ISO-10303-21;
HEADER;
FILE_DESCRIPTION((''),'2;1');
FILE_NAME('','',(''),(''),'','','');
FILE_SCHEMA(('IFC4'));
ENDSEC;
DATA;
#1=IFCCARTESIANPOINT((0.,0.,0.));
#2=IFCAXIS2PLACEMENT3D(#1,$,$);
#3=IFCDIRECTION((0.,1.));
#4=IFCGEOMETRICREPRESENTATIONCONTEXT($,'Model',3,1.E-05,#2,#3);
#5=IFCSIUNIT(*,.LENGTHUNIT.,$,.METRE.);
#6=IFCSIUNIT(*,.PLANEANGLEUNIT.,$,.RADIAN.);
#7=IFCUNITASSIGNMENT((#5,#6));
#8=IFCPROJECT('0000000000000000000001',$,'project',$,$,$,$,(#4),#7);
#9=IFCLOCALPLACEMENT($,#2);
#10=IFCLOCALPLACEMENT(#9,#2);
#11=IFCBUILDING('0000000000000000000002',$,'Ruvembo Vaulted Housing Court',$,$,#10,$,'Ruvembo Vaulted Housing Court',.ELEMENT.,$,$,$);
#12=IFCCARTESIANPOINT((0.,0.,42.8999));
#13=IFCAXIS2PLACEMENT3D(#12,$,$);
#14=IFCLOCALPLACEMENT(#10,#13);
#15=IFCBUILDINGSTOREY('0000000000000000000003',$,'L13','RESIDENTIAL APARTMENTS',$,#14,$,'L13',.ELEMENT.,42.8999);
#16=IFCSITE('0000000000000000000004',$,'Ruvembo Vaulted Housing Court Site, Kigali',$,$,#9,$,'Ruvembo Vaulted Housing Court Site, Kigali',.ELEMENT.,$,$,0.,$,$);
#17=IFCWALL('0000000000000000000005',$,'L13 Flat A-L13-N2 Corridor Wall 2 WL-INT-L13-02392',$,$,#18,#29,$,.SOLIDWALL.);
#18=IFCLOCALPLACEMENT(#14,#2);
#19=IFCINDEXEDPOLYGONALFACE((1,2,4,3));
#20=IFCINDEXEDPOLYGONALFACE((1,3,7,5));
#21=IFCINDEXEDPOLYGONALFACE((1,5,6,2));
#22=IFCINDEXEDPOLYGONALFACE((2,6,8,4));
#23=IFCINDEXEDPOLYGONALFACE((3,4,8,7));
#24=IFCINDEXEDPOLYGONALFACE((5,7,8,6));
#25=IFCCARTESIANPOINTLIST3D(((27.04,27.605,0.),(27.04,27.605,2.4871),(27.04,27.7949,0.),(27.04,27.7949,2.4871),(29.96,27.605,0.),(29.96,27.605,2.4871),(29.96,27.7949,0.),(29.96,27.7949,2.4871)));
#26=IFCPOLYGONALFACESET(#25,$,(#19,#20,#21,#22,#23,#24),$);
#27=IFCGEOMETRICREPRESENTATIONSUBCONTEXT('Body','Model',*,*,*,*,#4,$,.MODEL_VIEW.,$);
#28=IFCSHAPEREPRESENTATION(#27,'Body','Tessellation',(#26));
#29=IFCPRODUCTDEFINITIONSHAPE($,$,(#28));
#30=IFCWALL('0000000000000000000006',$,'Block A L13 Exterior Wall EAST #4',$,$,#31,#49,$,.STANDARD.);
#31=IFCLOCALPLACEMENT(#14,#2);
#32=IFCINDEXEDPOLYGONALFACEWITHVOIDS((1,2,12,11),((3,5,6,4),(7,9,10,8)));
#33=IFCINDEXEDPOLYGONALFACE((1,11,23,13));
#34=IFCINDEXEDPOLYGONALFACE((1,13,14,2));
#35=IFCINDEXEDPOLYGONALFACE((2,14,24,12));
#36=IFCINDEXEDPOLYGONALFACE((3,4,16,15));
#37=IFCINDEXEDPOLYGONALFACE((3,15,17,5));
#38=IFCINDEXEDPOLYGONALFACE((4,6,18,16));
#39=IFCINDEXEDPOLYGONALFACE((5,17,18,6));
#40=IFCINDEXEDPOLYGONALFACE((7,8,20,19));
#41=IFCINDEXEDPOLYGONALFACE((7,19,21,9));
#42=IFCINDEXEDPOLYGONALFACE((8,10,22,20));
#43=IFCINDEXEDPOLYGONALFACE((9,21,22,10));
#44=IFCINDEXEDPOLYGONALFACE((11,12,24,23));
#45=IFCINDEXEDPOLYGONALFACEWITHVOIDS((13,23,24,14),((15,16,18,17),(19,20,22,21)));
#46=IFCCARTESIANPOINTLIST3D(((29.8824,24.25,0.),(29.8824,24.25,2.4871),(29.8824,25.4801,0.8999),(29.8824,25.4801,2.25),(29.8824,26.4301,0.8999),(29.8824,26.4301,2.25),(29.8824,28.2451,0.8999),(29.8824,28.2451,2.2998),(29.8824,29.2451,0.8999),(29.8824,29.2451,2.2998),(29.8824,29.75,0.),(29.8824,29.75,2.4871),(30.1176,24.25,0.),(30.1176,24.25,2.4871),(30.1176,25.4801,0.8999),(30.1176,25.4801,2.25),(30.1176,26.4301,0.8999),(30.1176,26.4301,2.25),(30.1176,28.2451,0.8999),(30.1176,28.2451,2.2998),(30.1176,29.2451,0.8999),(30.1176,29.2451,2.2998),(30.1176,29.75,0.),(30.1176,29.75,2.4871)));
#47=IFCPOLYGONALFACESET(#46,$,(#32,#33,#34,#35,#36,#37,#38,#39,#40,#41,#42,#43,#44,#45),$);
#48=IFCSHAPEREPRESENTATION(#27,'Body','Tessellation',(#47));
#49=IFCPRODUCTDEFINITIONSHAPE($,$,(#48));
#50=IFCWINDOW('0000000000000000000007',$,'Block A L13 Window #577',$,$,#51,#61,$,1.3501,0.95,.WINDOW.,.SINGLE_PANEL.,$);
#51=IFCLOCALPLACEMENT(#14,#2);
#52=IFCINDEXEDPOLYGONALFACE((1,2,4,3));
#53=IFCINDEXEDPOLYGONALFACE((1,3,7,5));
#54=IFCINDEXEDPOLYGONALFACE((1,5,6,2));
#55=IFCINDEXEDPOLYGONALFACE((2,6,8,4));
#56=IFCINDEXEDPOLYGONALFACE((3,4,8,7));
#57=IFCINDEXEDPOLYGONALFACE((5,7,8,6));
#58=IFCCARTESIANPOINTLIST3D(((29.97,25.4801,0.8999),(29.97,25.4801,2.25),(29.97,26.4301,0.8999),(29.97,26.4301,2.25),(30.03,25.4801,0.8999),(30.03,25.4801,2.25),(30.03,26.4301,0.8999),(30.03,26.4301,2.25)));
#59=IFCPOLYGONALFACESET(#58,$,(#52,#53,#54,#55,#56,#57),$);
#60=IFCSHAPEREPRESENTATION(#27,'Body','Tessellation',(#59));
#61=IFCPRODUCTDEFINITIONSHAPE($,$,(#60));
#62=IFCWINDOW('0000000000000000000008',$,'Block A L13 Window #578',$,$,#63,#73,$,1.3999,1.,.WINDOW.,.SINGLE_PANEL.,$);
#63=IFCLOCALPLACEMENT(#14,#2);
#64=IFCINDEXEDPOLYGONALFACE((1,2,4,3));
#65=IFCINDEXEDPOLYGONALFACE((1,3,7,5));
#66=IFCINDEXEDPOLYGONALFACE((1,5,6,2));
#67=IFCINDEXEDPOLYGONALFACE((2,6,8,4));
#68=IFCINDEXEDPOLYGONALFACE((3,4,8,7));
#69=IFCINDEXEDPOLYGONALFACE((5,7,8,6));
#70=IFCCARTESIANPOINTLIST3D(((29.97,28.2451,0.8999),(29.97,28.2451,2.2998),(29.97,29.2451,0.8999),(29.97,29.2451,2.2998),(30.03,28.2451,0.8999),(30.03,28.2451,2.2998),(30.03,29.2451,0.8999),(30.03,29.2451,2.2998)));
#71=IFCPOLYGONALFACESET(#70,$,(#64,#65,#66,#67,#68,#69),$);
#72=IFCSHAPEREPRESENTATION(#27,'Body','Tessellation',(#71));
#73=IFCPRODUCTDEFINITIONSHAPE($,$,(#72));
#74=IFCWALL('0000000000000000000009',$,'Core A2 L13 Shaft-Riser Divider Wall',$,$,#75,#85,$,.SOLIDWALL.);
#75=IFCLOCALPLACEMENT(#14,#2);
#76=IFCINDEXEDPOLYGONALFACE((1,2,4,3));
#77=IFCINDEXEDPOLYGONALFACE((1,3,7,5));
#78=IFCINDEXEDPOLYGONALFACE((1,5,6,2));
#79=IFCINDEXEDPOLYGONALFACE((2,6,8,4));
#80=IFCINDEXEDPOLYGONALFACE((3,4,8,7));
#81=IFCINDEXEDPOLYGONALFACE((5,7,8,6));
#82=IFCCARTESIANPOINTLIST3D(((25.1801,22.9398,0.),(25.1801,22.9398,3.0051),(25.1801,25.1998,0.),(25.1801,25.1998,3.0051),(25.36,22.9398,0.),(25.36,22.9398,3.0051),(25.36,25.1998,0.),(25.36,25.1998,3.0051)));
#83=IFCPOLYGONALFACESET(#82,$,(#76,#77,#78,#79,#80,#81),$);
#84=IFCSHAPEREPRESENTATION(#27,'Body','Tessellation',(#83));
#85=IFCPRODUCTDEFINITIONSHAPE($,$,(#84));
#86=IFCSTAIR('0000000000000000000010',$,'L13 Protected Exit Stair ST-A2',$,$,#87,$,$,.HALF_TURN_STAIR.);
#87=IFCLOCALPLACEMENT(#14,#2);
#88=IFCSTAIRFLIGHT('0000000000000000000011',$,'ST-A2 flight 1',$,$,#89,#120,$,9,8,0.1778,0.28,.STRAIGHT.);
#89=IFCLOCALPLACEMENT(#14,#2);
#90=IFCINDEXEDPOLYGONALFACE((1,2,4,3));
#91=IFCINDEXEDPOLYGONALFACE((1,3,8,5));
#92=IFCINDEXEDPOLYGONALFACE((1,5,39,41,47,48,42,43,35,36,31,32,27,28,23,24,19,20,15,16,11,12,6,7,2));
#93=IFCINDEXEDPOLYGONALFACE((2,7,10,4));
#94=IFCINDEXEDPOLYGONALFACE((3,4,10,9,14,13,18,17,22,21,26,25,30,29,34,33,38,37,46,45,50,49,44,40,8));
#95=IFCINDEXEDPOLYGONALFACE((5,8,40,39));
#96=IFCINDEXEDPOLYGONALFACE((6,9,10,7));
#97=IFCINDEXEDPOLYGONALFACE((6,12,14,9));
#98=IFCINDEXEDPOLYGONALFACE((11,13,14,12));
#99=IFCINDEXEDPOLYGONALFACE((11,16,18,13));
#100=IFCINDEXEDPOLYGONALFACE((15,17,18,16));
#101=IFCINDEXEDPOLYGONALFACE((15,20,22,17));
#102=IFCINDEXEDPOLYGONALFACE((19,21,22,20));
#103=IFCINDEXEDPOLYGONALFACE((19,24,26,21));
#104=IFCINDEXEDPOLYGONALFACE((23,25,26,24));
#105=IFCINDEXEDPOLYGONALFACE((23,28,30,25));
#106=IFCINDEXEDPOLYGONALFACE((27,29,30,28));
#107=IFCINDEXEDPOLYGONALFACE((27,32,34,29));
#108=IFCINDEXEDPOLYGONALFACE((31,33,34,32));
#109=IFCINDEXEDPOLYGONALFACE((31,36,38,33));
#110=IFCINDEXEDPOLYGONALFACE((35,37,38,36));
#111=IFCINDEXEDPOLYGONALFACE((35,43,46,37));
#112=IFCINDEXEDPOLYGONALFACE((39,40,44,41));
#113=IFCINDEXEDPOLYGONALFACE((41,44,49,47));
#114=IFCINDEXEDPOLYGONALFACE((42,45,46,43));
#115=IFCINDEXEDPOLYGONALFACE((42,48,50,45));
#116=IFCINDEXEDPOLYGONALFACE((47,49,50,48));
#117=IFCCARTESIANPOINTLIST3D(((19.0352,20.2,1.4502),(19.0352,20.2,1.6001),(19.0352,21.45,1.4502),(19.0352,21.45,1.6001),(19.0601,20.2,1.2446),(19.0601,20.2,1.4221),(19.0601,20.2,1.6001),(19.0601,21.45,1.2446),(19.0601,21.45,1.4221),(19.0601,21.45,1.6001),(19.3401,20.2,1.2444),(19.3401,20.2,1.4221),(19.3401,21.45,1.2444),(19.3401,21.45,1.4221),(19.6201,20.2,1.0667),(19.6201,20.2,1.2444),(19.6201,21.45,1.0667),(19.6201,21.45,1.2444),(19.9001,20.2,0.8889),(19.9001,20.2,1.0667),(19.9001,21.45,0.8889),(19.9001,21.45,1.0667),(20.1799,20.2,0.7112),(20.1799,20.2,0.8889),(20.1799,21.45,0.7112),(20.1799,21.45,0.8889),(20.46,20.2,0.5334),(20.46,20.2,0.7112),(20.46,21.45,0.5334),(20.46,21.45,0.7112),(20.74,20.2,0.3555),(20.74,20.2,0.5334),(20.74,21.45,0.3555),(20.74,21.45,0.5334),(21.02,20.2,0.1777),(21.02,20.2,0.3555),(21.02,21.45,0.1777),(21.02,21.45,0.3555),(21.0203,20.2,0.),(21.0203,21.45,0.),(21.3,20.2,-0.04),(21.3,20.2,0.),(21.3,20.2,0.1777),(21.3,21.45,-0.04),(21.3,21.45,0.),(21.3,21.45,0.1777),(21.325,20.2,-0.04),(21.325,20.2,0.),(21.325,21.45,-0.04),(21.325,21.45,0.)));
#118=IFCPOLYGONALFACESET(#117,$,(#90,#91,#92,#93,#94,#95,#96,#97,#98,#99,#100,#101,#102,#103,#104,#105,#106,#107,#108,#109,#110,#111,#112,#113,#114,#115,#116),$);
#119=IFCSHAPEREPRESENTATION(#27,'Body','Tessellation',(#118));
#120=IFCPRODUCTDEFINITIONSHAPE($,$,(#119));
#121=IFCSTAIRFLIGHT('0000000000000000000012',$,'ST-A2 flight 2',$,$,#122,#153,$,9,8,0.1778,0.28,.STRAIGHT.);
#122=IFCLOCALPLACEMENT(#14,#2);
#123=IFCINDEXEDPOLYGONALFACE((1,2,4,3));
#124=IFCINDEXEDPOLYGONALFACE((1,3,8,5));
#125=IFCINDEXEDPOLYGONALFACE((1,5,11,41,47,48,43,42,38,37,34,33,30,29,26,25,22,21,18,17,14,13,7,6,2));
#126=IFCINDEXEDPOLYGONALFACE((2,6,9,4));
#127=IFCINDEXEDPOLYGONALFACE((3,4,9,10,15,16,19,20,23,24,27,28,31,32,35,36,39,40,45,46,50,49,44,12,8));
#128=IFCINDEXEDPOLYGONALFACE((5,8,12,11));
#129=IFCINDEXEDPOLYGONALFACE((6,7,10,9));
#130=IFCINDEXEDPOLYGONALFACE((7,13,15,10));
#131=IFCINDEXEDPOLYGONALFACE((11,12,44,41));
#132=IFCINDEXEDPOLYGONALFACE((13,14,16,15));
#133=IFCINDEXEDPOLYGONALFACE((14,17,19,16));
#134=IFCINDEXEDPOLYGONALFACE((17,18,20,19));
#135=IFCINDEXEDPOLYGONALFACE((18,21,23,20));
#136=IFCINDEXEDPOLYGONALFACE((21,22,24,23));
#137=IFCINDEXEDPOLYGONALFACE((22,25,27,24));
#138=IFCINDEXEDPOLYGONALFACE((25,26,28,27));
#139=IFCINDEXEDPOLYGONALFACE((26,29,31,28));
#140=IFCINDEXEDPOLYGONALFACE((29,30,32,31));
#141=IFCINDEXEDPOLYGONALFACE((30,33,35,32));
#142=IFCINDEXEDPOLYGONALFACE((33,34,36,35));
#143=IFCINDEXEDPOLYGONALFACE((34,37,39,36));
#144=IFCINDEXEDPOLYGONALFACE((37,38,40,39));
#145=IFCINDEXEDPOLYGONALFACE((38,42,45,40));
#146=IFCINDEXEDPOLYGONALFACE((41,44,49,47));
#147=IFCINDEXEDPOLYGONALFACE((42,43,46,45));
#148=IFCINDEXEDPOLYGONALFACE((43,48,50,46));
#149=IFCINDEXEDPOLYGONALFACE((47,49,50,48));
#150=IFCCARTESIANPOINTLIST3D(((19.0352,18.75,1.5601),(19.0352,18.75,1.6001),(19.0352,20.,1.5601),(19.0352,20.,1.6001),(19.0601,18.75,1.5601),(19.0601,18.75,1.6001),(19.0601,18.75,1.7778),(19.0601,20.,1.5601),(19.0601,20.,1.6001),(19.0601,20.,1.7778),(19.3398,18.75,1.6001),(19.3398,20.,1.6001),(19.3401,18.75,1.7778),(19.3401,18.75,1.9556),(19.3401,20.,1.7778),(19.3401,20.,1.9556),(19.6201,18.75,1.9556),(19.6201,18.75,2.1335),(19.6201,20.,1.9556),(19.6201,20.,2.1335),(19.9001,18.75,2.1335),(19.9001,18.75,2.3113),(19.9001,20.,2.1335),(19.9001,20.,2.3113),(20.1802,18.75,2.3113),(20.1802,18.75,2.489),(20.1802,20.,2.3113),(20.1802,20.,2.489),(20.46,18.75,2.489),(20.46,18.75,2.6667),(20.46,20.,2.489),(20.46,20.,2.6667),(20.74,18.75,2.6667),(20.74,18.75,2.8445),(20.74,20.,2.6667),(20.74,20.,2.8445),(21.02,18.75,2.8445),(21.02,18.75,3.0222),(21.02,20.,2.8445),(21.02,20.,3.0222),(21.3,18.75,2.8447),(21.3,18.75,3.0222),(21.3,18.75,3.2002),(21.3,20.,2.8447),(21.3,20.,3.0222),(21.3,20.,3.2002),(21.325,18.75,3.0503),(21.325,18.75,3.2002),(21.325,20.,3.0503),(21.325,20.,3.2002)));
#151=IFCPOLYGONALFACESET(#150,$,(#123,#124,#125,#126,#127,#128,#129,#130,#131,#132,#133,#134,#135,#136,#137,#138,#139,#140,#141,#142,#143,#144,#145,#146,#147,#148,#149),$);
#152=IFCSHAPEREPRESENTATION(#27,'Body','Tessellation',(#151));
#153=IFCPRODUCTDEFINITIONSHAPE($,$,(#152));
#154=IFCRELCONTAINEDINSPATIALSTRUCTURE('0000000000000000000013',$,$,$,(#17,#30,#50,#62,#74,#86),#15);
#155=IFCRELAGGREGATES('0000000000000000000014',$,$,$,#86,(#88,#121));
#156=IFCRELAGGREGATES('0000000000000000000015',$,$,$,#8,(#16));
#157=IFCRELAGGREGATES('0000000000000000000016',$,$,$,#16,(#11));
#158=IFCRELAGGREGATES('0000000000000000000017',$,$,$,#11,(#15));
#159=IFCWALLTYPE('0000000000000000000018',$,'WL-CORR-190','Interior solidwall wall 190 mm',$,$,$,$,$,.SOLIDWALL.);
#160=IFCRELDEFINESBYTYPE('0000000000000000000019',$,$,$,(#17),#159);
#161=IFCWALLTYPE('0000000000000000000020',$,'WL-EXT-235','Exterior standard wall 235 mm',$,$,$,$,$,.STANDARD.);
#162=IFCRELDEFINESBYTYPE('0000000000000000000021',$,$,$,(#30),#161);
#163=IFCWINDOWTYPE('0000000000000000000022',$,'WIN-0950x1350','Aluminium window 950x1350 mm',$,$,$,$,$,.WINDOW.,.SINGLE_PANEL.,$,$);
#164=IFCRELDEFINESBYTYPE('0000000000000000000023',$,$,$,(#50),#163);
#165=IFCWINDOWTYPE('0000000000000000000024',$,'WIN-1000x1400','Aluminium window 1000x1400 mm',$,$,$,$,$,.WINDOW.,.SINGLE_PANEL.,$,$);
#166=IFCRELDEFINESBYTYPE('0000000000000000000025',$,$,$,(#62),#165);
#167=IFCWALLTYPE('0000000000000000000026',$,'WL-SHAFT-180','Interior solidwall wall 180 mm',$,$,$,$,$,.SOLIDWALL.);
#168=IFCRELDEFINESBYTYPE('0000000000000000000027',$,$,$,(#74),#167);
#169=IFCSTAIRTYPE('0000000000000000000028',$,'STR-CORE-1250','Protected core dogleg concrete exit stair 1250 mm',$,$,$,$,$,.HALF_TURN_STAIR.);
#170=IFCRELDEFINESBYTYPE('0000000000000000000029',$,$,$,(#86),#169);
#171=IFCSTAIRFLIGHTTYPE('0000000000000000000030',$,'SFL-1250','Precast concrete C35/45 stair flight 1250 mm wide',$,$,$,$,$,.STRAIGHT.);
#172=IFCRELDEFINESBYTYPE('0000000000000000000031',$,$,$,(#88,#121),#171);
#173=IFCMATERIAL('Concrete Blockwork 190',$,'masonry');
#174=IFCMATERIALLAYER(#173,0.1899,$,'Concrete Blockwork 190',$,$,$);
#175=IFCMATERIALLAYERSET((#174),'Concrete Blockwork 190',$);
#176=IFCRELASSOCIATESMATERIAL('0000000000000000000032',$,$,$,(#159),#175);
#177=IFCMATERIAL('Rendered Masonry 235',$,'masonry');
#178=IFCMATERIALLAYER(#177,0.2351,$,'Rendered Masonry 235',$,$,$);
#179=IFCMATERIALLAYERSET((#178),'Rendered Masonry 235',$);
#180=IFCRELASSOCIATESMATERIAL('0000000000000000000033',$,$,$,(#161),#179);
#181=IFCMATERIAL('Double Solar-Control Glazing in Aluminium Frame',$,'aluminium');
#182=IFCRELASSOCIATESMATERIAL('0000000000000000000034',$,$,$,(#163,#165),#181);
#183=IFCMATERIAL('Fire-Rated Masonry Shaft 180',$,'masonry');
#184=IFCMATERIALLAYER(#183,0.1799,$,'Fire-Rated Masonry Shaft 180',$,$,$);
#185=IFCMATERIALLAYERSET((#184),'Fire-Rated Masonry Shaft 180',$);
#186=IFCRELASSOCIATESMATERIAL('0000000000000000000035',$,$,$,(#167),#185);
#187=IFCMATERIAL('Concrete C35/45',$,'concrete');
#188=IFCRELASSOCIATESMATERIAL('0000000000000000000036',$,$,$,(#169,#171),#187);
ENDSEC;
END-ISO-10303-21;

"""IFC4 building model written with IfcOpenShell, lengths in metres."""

from ifc_helpers import new_model, si_unit, direction, frame, frame_2d, origin, place, context, subcontext, project, spatial, polyline, rectangle, outline, extrude, material, layer, layer_set, type_object, element, fill, aggregate, save


model = new_model("IFC4")

# Units and contexts
model_context = context("Model", 3, precision=1e-05, world=origin(), true_north=direction((0.0, 1.0)))
body_context = subcontext(model_context, "Body", "Model", "MODEL_VIEW")
ifc_project = project(units=[si_unit("LENGTHUNIT", "METRE"), si_unit("PLANEANGLEUNIT", "RADIAN")], contexts=[model_context])

# Site, building, storey
site_placement = place(None, origin())
site = spatial("IfcSite", under=ifc_project, at=site_placement, Name="Ruvembo Vaulted Housing Court Site, Kigali", LongName="Ruvembo Vaulted Housing Court Site, Kigali", CompositionType="ELEMENT", RefElevation=0.0)
building_placement = place(site_placement, origin())
building = spatial("IfcBuilding", under=site, at=building_placement, Name="Ruvembo Vaulted Housing Court", LongName="Ruvembo Vaulted Housing Court", CompositionType="ELEMENT")
storey_placement = place(building_placement, frame((0.0, 0.0, 42.8999)))
storey = spatial("IfcBuildingStorey", under=building, at=storey_placement, Name="L13", Description="RESIDENTIAL APARTMENTS", LongName="L13", CompositionType="ELEMENT", Elevation=42.8999)

# Shared definitions
ifc_material_1 = material(Name="Concrete C35/45", Category="concrete")

# Shared definitions
ifc_material_2 = material(Name="Concrete Blockwork 190", Category="masonry")
ifc_layer_1 = layer(ifc_material_2, 0.1899, Name="Concrete Blockwork 190")
ifc_layer_set_1 = layer_set([ifc_layer_1], Name="Concrete Blockwork 190")
wall_type_1 = type_object("IfcWallType", Name="WL-CORR-190", Description="Interior solidwall wall 190 mm", PredefinedType="SOLIDWALL", material=ifc_layer_set_1)

# Wall
wall_1_placement = place(storey_placement, frame((27.04, 27.7, 0.0), z_axis=(0.0, 0.0, 1.0), x_axis=(1.0, 0.0, 0.0)))
element("IfcWall", 1, at=wall_1_placement, inside=storey, type_object=wall_type_1, Name="L13 Flat A-L13-N2 Corridor Wall 2 WL-INT-L13-02392", PredefinedType="SOLIDWALL", context=body_context, shape_type="SweptSolid", body=[
    extrude(rectangle(XDim=2.9199, YDim=0.1899, at=frame_2d((1.46, 0.0))), origin(), (0.0, 0.0, 1.0), 2.4871),
])

# Wall, openings, windows
ifc_material_3 = material(Name="Rendered Masonry 235", Category="masonry")
ifc_layer_2 = layer(ifc_material_3, 0.2351, Name="Rendered Masonry 235")
ifc_layer_set_2 = layer_set([ifc_layer_2], Name="Rendered Masonry 235")
wall_type_2 = type_object("IfcWallType", Name="WL-EXT-235", Description="Exterior standard wall 235 mm", PredefinedType="STANDARD", material=ifc_layer_set_2)
wall_2_placement = place(storey_placement, frame((30.0, 24.25, 0.0), z_axis=(0.0, 0.0, 1.0), x_axis=(0.0, 1.0, 0.0)))
wall_2 = element("IfcWall", 2, at=wall_2_placement, inside=storey, type_object=wall_type_2, Name="Block A L13 Exterior Wall EAST #4", PredefinedType="STANDARD", context=body_context, shape_type="SweptSolid", body=[
    extrude(rectangle(XDim=5.5, YDim=0.2351, at=frame_2d((2.75, 0.0))), origin(), (0.0, 0.0, 1.0), 2.4871),
])
opening_1_placement = place(wall_2_placement, frame((1.23, 0.0, 0.8999)))
opening_1 = element("IfcOpeningElement", 3, at=opening_1_placement, cuts=wall_2, PredefinedType="OPENING", context=body_context, shape_type="SweptSolid", body=[
    extrude(rectangle(XDim=0.95, YDim=1.3501, at=frame_2d((0.4751, 0.675))), frame((0.0, 0.1274, 0.0), z_axis=(0.0, -1.0, 0.0), x_axis=(1.0, 0.0, 0.0)), (0.0, 0.0, 1.0), 0.2551),
])
opening_2_placement = place(wall_2_placement, frame((3.9951, 0.0, 0.8999)))
opening_2 = element("IfcOpeningElement", 4, at=opening_2_placement, cuts=wall_2, PredefinedType="OPENING", context=body_context, shape_type="SweptSolid", body=[
    extrude(rectangle(XDim=1.0, YDim=1.3999, at=frame_2d((0.5, 0.7))), frame((0.0, 0.1274, 0.0), z_axis=(0.0, -1.0, 0.0), x_axis=(1.0, 0.0, 0.0)), (0.0, 0.0, 1.0), 0.2551),
])
ifc_material_4 = material(Name="Double Solar-Control Glazing in Aluminium Frame", Category="aluminium")
window_type_1 = type_object("IfcWindowType", Name="WIN-0950x1350", Description="Aluminium window 950x1350 mm", PartitioningType="SINGLE_PANEL", PredefinedType="WINDOW", material=ifc_material_4)
window_1_placement = place(opening_1_placement, origin())
window_1 = element("IfcWindow", 5, at=window_1_placement, inside=storey, type_object=window_type_1, Name="Block A L13 Window #577", OverallHeight=1.3501, OverallWidth=0.95, PartitioningType="SINGLE_PANEL", PredefinedType="WINDOW", context=body_context, shape_type="SweptSolid", body=[
    extrude(rectangle(XDim=0.95, YDim=1.3501, at=frame_2d((0.4751, 0.675))), frame((0.0, 0.03, 0.0), z_axis=(0.0, -1.0, 0.0), x_axis=(1.0, 0.0, 0.0)), (0.0, 0.0, 1.0), 0.0601),
])
fill(opening_1, window_1)
window_type_2 = type_object("IfcWindowType", Name="WIN-1000x1400", Description="Aluminium window 1000x1400 mm", PartitioningType="SINGLE_PANEL", PredefinedType="WINDOW", material=ifc_material_4)
window_2_placement = place(opening_2_placement, origin())
window_2 = element("IfcWindow", 6, at=window_2_placement, inside=storey, type_object=window_type_2, Name="Block A L13 Window #578", OverallHeight=1.3999, OverallWidth=1.0, PartitioningType="SINGLE_PANEL", PredefinedType="WINDOW", context=body_context, shape_type="SweptSolid", body=[
    extrude(rectangle(XDim=1.0, YDim=1.3999, at=frame_2d((0.5, 0.7))), frame((0.0, 0.03, 0.0), z_axis=(0.0, -1.0, 0.0), x_axis=(1.0, 0.0, 0.0)), (0.0, 0.0, 1.0), 0.0601),
])
fill(opening_2, window_2)

# Shared definitions
ifc_material_5 = material(Name="Fire-Rated Masonry Shaft 180", Category="masonry")
ifc_layer_3 = layer(ifc_material_5, 0.1799, Name="Fire-Rated Masonry Shaft 180")
ifc_layer_set_3 = layer_set([ifc_layer_3], Name="Fire-Rated Masonry Shaft 180")
wall_type_3 = type_object("IfcWallType", Name="WL-SHAFT-180", Description="Interior solidwall wall 180 mm", PredefinedType="SOLIDWALL", material=ifc_layer_set_3)

# Wall
wall_3_placement = place(storey_placement, frame((25.27, 22.9399, 0.0), z_axis=(0.0, 0.0, 1.0), x_axis=(0.0, 1.0, 0.0)))
element("IfcWall", 7, at=wall_3_placement, inside=storey, type_object=wall_type_3, Name="Core A2 L13 Shaft-Riser Divider Wall", PredefinedType="SOLIDWALL", context=body_context, shape_type="SweptSolid", body=[
    extrude(rectangle(XDim=2.26, YDim=0.1799, at=frame_2d((1.1299, 0.0))), origin(), (0.0, 0.0, 1.0), 3.0051),
])

# Stair, stair flights
stair_type = type_object("IfcStairType", Name="STR-CORE-1250", Description="Protected core dogleg concrete exit stair 1250 mm", PredefinedType="HALF_TURN_STAIR", material=ifc_material_1)
stair_placement = place(storey_placement, origin())
stair = element("IfcStair", 8, at=stair_placement, inside=storey, type_object=stair_type, Name="L13 Protected Exit Stair ST-A2", PredefinedType="HALF_TURN_STAIR")
stair_flight_type = type_object("IfcStairFlightType", Name="SFL-1250", Description="Precast concrete C35/45 stair flight 1250 mm wide", PredefinedType="STRAIGHT", material=ifc_material_1)
stair_flight_1_placement = place(storey_placement, frame((21.3, 20.825, 0.0), z_axis=(0.0, 0.0, 1.0), x_axis=(-1.0, 0.0, 0.0)))
stair_flight_1 = element("IfcStairFlight", 9, at=stair_flight_1_placement, type_object=stair_flight_type, Name="ST-A2 flight 1", NumberOfRisers=9, NumberOfTreads=8, PredefinedType="STRAIGHT", RiserHeight=0.1778, TreadLength=0.28, context=body_context, shape_type="SweptSolid", body=[
    extrude(outline(polyline([(-0.0249, -0.04), (-0.0249, 0.0), (0.0, 0.0), (0.0, 0.1777), (0.28, 0.1777), (0.28, 0.3555), (0.5601, 0.3555), (0.5601, 0.5334), (0.8401, 0.5334), (0.8401, 0.7112), (1.1201, 0.7112), (1.1201, 0.8889), (1.3999, 0.8889), (1.3999, 1.0667), (1.6799, 1.0667), (1.6799, 1.2444), (1.96, 1.2444), (1.96, 1.4221), (2.24, 1.4221), (2.24, 1.6001), (2.2649, 1.6001), (2.2649, 1.4502), (2.24, 1.2446), (0.2798, 0.0), (0.0, -0.04), (-0.0249, -0.04)])), frame((0.0, 0.625, 0.0), z_axis=(0.0, -1.0, 0.0), x_axis=(1.0, 0.0, 0.0)), (0.0, 0.0, 1.0), 1.25),
])
stair_flight_2_placement = place(storey_placement, frame((19.0601, 19.375, 1.6001), z_axis=(0.0, 0.0, 1.0), x_axis=(1.0, 0.0, 0.0)))
stair_flight_2 = element("IfcStairFlight", 10, at=stair_flight_2_placement, type_object=stair_flight_type, Name="ST-A2 flight 2", NumberOfRisers=9, NumberOfTreads=8, PredefinedType="STRAIGHT", RiserHeight=0.1778, TreadLength=0.28, context=body_context, shape_type="SweptSolid", body=[
    extrude(outline(polyline([(-0.0249, -0.04), (-0.0249, 0.0), (0.0, 0.0), (0.0, 0.1777), (0.28, 0.1777), (0.28, 0.3555), (0.5601, 0.3555), (0.5601, 0.5334), (0.8401, 0.5334), (0.8401, 0.7112), (1.1201, 0.7112), (1.1201, 0.8889), (1.3999, 0.8889), (1.3999, 1.0667), (1.6799, 1.0667), (1.6799, 1.2444), (1.96, 1.2444), (1.96, 1.4221), (2.24, 1.4221), (2.24, 1.6001), (2.2649, 1.6001), (2.2649, 1.4502), (2.24, 1.2446), (0.2798, 0.0), (0.0, -0.04), (-0.0249, -0.04)])), frame((0.0, 0.625, 0.0), z_axis=(0.0, -1.0, 0.0), x_axis=(1.0, 0.0, 0.0)), (0.0, 0.0, 1.0), 1.25),
])
aggregate(stair, [stair_flight_1, stair_flight_2])

save(model, "model.ifc")
